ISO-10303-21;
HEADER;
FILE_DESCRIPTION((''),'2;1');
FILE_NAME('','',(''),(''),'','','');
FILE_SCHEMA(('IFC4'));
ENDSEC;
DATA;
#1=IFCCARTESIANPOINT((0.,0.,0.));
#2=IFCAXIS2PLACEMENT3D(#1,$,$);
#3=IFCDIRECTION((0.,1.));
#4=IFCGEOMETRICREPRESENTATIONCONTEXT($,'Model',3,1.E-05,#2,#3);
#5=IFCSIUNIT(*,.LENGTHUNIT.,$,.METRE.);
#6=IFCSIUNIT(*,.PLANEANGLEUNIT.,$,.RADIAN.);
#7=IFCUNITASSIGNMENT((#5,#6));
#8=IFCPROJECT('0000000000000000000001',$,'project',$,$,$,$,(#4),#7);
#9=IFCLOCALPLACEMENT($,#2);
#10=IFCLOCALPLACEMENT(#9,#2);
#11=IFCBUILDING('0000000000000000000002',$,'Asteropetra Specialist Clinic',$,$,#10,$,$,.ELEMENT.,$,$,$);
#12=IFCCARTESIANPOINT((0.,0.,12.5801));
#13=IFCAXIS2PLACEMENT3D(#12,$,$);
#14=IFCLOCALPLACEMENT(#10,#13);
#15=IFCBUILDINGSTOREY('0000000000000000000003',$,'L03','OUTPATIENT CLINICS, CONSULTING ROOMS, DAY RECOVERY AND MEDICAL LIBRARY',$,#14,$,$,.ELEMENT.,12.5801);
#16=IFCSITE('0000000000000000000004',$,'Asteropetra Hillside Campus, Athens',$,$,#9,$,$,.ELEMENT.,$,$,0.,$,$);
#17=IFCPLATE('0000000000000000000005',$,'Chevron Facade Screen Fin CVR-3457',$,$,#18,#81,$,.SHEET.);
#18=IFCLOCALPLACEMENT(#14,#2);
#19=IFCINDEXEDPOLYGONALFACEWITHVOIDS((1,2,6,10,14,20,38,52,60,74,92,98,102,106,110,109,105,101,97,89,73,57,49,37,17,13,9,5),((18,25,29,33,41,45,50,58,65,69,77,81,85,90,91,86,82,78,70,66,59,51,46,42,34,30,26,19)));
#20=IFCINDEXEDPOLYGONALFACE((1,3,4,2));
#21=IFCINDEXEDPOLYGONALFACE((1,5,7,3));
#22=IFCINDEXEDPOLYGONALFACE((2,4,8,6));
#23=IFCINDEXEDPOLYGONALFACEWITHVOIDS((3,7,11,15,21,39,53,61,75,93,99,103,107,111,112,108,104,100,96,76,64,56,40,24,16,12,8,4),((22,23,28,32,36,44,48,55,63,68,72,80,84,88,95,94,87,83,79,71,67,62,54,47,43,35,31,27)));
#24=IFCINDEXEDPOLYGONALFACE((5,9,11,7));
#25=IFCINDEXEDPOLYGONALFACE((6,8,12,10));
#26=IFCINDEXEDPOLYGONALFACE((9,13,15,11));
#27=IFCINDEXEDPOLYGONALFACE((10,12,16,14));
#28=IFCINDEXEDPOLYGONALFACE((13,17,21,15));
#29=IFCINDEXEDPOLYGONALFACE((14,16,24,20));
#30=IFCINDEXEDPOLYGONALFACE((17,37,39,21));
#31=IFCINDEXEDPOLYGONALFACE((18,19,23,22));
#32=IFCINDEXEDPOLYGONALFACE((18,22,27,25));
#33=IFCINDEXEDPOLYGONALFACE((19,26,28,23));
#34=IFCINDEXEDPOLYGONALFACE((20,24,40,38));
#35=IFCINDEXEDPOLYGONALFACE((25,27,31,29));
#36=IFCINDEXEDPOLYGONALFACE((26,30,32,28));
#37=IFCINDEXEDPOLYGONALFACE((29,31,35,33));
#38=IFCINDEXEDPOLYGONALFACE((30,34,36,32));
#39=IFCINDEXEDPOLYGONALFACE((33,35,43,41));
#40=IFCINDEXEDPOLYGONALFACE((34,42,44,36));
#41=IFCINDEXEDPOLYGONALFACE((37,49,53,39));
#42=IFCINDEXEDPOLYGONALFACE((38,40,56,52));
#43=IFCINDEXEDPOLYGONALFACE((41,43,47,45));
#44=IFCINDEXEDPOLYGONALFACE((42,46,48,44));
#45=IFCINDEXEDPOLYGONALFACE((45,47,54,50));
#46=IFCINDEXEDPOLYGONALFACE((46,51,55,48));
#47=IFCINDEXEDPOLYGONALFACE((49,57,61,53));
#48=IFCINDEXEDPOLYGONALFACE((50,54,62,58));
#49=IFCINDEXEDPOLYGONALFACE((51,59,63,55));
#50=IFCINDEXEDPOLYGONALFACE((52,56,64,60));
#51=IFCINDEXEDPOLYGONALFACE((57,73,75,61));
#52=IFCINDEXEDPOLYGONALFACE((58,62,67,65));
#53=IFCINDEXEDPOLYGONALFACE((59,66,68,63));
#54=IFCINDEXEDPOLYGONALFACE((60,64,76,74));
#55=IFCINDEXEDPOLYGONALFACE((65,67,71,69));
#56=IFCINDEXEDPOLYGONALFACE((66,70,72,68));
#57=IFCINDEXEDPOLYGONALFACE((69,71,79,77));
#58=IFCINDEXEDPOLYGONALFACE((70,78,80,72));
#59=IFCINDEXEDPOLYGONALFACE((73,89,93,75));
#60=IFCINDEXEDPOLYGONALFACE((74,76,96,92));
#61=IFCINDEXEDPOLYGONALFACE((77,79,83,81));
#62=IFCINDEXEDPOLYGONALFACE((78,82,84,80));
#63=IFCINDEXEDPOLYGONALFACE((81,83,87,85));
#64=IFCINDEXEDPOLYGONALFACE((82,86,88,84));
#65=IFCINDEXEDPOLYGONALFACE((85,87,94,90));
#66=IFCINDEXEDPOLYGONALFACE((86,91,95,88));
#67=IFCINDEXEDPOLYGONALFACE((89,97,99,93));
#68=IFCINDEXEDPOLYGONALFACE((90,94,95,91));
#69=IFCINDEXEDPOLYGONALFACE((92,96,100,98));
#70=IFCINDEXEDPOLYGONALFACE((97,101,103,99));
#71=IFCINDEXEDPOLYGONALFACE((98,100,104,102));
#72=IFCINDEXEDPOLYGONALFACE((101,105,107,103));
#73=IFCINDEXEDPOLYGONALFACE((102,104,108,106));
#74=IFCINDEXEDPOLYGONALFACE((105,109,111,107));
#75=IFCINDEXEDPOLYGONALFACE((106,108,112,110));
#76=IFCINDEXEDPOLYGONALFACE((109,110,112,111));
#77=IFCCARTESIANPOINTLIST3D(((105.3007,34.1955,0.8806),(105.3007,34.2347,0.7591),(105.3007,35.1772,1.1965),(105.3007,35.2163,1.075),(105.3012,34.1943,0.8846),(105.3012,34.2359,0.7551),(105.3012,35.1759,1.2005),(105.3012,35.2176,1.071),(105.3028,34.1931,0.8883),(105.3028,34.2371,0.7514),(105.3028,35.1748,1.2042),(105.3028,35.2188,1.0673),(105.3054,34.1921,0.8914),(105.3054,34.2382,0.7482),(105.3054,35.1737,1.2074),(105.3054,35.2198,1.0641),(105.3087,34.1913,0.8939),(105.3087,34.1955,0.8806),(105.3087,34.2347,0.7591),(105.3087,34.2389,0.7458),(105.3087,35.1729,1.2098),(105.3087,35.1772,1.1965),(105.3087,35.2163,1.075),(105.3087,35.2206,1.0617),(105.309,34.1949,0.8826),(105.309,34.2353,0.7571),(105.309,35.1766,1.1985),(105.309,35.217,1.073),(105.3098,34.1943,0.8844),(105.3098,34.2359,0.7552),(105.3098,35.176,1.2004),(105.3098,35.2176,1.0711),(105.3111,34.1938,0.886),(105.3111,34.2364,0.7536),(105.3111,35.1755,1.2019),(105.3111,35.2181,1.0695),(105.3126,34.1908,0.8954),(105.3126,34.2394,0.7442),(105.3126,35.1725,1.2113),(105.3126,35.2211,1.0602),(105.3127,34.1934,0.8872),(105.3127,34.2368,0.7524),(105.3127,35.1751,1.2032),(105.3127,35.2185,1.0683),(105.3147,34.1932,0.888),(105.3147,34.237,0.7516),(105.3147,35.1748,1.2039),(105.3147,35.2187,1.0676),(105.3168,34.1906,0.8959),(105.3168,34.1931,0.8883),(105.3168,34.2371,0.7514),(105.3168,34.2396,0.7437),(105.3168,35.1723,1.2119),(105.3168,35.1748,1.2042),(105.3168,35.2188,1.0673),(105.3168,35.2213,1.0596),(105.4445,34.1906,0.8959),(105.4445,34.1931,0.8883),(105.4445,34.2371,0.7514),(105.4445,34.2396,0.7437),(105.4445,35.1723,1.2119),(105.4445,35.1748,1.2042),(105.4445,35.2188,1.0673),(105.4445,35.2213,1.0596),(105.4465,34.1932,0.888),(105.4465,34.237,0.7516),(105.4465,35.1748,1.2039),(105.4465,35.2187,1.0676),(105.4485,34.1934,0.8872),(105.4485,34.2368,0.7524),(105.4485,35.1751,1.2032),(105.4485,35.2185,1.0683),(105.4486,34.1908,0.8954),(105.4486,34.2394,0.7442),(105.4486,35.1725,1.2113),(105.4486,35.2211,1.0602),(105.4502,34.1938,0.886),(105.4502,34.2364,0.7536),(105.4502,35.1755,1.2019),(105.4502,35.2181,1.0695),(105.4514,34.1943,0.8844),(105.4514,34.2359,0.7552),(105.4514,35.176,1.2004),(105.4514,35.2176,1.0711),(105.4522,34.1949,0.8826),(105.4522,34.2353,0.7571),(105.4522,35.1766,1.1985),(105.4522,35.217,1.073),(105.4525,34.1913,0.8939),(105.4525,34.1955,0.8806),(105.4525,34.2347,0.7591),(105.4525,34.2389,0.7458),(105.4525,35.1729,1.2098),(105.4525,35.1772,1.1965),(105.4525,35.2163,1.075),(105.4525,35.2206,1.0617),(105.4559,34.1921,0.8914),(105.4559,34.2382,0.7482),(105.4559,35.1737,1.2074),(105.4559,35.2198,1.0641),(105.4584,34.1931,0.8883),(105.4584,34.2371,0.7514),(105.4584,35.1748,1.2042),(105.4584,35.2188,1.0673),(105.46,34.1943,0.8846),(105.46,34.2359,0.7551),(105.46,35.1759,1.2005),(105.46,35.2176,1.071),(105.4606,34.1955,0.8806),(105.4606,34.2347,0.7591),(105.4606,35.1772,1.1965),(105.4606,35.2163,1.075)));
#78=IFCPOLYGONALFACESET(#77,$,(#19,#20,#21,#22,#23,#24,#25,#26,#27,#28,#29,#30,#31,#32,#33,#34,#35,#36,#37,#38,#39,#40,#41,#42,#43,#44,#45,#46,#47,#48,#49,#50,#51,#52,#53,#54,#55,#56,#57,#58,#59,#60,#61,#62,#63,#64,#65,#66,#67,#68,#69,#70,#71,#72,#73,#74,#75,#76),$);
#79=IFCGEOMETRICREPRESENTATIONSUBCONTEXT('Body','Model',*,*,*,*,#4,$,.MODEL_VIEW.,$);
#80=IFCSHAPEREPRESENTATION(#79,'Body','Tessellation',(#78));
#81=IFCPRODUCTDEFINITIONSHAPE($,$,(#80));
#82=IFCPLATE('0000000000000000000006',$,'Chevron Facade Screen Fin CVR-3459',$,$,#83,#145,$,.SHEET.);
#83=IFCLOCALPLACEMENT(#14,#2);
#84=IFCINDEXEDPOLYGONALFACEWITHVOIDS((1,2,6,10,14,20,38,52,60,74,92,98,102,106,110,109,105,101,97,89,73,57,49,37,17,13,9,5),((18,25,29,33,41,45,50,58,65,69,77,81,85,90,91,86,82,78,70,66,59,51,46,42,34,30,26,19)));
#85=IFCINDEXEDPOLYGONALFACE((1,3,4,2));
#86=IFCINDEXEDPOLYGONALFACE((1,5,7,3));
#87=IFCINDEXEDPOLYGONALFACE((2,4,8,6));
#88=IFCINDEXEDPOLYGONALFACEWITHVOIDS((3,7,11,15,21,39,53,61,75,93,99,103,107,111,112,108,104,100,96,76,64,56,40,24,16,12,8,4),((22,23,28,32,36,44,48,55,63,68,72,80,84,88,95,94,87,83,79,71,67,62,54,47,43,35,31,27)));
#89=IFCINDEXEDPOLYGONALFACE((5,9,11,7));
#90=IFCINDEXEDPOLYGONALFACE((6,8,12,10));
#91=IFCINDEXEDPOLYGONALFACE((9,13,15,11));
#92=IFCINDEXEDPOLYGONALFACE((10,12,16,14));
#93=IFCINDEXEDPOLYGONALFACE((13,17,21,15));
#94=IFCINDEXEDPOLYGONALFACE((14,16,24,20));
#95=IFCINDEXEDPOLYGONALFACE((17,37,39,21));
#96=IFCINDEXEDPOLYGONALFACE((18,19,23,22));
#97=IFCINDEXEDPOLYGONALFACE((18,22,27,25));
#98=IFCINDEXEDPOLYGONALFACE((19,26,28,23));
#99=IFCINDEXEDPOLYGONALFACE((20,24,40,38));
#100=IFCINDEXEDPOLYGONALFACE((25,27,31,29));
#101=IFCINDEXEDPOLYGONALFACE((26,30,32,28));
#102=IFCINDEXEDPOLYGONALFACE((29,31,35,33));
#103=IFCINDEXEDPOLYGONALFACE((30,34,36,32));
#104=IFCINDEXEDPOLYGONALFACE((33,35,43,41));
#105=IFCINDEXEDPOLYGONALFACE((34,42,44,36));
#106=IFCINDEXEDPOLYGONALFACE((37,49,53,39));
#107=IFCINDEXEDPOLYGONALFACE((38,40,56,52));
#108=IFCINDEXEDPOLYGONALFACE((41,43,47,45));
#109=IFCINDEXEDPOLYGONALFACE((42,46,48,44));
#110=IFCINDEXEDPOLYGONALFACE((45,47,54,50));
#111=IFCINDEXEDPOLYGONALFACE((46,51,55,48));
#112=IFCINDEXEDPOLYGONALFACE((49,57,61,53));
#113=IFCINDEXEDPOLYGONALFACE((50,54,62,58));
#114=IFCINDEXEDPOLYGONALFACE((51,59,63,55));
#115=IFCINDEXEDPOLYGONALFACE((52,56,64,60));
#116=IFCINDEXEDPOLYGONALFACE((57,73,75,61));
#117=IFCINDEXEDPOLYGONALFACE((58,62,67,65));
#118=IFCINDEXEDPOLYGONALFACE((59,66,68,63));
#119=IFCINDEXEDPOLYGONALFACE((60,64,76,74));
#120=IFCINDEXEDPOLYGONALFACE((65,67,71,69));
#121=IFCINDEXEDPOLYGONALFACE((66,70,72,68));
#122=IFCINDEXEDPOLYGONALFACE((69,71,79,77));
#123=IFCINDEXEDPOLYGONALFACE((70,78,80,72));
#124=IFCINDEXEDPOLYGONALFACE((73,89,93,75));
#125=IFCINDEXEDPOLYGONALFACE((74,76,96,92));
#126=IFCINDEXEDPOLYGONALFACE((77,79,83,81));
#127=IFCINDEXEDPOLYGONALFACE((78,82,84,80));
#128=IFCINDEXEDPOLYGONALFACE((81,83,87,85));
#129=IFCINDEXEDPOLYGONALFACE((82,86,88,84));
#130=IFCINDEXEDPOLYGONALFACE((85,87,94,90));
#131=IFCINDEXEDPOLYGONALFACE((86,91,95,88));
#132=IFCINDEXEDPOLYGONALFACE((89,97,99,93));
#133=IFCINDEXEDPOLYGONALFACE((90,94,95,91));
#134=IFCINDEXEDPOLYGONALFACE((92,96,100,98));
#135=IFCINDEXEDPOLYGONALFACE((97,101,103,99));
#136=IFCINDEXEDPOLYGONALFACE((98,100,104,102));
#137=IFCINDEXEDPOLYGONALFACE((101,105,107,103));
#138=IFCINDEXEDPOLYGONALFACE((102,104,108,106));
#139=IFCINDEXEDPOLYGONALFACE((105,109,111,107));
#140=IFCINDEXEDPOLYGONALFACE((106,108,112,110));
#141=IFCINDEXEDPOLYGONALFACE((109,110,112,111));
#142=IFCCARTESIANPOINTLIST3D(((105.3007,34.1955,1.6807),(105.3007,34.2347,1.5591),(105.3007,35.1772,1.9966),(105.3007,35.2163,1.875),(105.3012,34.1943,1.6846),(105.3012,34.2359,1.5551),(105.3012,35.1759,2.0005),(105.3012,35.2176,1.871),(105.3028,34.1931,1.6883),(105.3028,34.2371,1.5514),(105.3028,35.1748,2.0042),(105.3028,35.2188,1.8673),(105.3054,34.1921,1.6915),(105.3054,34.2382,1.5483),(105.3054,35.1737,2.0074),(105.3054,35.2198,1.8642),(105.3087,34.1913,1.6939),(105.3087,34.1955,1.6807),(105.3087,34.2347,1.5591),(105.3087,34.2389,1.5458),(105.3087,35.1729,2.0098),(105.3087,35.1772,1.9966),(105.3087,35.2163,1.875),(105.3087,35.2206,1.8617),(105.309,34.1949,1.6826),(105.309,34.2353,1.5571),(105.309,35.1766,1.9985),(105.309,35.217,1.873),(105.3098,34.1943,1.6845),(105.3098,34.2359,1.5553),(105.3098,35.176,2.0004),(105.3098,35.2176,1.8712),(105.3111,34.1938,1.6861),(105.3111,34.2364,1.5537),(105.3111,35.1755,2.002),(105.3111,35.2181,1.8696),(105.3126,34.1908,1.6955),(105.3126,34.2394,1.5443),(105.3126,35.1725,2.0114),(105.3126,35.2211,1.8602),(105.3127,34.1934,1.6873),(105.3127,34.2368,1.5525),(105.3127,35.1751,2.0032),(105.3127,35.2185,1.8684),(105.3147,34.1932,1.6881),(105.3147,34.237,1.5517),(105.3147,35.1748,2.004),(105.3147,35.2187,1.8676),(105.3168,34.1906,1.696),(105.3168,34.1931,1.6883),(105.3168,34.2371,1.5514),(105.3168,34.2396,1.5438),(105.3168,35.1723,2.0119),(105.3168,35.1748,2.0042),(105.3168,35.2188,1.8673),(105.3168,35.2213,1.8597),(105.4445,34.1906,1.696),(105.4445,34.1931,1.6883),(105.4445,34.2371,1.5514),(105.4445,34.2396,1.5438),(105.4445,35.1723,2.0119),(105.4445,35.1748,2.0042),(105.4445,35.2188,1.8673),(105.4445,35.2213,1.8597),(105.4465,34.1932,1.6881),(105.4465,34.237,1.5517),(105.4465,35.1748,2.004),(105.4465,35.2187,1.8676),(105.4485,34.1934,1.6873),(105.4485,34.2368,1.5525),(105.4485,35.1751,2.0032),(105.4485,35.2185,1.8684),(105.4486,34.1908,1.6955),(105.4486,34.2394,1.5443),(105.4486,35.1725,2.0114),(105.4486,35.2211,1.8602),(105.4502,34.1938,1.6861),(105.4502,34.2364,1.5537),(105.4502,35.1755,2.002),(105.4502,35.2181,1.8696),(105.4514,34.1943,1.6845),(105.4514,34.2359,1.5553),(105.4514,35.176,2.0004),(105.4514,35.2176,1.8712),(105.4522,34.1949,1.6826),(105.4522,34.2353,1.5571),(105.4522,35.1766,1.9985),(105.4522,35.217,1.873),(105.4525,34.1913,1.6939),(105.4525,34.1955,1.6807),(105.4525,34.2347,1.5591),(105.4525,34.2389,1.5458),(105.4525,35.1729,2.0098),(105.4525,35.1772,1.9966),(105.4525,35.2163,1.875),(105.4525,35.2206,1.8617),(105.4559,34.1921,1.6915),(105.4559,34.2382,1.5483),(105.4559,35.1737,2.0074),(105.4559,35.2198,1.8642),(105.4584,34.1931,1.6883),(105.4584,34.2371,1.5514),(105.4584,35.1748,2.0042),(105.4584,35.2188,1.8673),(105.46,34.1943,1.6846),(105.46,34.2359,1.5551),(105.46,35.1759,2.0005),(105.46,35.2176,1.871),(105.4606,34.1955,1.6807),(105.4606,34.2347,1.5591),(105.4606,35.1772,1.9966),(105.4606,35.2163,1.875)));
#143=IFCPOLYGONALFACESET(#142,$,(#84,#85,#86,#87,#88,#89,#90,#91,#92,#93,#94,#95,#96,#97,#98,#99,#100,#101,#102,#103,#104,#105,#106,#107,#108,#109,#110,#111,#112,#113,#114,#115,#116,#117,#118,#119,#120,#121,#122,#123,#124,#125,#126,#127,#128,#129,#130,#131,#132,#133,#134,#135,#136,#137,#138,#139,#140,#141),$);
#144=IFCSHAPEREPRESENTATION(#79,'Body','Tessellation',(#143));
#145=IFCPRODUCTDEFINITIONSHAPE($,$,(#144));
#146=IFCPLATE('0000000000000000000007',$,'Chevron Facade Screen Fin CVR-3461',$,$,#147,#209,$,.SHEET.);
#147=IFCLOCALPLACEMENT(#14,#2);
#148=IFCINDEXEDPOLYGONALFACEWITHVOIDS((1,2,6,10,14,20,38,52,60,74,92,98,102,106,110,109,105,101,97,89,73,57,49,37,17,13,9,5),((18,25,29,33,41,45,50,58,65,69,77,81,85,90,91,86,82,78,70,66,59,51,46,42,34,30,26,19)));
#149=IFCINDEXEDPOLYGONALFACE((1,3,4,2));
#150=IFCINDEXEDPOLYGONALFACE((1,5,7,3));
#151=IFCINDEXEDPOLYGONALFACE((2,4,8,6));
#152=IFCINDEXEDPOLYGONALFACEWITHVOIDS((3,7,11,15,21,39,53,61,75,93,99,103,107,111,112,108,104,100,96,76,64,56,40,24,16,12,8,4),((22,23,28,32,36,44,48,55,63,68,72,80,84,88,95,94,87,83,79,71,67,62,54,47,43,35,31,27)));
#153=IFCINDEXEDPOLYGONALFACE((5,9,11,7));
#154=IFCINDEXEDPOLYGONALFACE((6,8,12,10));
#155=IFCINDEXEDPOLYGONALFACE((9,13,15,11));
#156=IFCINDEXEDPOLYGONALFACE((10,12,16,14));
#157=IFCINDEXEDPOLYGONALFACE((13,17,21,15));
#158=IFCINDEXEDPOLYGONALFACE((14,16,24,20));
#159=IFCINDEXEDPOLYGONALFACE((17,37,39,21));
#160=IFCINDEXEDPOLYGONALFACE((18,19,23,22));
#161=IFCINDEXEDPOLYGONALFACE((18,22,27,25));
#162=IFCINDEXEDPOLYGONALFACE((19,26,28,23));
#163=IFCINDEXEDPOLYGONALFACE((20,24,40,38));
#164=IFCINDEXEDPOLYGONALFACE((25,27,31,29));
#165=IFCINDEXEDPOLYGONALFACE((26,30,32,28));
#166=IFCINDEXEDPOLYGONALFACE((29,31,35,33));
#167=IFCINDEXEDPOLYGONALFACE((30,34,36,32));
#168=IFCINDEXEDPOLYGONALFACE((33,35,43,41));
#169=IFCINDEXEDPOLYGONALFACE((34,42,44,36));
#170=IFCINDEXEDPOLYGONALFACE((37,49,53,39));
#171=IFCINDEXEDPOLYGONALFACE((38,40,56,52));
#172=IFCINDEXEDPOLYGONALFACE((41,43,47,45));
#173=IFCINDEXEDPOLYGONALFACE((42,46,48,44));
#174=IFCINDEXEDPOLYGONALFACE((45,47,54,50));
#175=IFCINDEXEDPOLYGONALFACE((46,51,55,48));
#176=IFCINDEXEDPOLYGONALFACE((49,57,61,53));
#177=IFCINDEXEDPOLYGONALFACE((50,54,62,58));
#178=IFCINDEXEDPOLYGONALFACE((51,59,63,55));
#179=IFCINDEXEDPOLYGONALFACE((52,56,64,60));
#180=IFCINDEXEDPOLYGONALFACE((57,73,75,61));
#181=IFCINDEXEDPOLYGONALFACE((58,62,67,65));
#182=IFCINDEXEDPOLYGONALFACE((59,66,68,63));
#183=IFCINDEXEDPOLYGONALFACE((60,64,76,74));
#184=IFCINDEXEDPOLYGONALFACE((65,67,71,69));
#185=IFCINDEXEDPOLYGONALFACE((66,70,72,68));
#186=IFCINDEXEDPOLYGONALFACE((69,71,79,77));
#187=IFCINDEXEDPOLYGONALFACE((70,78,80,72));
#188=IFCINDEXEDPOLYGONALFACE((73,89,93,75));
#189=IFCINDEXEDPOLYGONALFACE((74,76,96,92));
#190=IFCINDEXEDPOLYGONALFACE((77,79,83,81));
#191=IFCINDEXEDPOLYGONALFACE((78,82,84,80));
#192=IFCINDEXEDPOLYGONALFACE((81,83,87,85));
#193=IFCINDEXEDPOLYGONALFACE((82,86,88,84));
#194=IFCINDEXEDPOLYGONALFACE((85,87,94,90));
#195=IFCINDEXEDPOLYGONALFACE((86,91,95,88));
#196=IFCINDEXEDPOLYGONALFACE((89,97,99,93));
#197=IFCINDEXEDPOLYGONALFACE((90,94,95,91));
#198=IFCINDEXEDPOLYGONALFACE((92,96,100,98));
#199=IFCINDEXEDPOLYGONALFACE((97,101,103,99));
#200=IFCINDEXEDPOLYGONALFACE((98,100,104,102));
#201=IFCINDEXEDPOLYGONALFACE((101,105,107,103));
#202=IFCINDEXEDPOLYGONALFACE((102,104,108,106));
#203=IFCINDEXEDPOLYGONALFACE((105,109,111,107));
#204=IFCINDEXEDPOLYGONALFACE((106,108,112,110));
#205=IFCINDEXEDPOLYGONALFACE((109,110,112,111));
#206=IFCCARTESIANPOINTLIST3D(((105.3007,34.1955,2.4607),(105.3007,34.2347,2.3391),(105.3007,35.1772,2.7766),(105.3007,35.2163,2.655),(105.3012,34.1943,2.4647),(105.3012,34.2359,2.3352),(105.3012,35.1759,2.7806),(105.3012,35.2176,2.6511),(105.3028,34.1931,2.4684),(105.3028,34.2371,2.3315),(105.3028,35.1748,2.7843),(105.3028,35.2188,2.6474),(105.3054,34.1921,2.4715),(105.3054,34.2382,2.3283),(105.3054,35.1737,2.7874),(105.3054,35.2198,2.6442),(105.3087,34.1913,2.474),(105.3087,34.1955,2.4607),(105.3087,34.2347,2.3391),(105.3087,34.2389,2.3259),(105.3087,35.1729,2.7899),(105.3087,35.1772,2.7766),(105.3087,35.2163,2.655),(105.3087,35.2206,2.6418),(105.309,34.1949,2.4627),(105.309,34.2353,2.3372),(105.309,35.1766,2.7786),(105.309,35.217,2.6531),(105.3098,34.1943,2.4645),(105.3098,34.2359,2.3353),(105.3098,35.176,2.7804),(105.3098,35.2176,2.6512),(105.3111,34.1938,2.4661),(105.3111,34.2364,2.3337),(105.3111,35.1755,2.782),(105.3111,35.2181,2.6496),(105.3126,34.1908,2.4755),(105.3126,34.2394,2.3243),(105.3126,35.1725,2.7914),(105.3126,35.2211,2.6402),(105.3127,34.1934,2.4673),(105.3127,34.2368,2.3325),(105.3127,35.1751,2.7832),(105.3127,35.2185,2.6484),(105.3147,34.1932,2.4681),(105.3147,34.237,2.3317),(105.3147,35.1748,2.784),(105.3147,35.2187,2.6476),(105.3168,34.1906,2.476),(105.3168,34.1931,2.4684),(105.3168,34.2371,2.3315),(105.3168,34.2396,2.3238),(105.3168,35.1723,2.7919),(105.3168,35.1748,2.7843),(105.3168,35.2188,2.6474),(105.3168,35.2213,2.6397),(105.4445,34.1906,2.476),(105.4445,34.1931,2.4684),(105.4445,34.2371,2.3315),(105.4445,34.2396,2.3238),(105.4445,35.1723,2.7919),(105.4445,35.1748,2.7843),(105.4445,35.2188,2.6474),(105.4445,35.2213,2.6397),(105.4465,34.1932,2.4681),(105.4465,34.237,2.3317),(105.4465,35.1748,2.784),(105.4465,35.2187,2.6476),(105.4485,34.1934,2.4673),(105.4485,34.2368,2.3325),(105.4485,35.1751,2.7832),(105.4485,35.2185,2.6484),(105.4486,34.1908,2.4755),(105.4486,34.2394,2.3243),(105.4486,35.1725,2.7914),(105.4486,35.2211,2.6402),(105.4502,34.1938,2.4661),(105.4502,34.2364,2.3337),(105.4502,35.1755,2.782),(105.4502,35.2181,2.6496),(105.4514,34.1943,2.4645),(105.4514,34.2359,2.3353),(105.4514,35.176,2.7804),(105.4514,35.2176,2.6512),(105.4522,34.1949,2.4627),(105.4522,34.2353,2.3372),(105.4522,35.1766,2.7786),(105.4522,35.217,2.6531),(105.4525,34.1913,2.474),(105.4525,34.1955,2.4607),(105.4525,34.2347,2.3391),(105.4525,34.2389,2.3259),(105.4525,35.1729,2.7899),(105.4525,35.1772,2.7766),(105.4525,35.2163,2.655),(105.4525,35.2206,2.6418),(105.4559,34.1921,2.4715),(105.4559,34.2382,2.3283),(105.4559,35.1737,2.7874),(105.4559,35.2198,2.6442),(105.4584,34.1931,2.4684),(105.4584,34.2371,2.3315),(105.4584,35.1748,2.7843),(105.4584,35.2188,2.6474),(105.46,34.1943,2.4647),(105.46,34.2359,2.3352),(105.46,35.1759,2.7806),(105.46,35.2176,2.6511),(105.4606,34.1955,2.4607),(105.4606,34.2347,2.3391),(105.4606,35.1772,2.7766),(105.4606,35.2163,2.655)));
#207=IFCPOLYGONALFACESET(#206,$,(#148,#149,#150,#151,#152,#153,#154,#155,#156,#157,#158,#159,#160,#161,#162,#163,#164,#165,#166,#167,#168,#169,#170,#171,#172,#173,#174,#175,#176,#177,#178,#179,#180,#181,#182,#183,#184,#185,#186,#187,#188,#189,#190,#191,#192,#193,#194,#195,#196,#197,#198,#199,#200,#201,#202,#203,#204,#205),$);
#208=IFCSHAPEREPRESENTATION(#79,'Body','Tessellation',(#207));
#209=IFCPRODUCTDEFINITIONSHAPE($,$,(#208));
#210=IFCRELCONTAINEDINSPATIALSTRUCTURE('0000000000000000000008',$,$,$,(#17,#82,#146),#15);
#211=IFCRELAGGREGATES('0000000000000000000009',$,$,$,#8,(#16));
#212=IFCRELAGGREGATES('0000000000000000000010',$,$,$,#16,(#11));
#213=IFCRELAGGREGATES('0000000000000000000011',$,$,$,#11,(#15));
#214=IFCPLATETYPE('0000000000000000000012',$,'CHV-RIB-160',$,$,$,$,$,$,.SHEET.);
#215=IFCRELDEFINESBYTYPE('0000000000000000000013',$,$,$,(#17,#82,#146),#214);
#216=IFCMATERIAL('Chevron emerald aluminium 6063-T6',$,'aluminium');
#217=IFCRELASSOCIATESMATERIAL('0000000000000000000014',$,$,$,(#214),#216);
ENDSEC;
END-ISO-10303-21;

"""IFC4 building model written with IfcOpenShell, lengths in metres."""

from ifc_helpers import new_model, si_unit, direction, frame, origin, origin_2d, place, context, subcontext, project, spatial, hollow_rectangle, extrude, material, material_profile, profile_set, type_object, element, save


model = new_model("IFC4")

# Units and contexts
model_context = context("Model", 3, precision=1e-05, world=origin(), true_north=direction((0.0, 1.0)))
body_context = subcontext(model_context, "Body", "Model", "MODEL_VIEW")
ifc_project = project(units=[si_unit("LENGTHUNIT", "METRE"), si_unit("PLANEANGLEUNIT", "RADIAN")], contexts=[model_context])

# Site, building, storey
site_placement = place(None, origin())
site = spatial("IfcSite", under=ifc_project, at=site_placement, Name="Asteropetra Hillside Campus, Athens", CompositionType="ELEMENT", RefElevation=0.0)
building_placement = place(site_placement, origin())
building = spatial("IfcBuilding", under=site, at=building_placement, Name="Asteropetra Specialist Clinic", CompositionType="ELEMENT")
storey_placement = place(building_placement, frame((0.0, 0.0, 12.5801)))
storey = spatial("IfcBuildingStorey", under=building, at=storey_placement, Name="L03", Description="OUTPATIENT CLINICS, CONSULTING ROOMS, DAY RECOVERY AND MEDICAL LIBRARY", CompositionType="ELEMENT", Elevation=12.5801)

# Plates
ifc_material_1 = material(Name="Chevron emerald aluminium 6063-T6", Category="aluminium")
ifc_material_profile_1 = material_profile(ifc_material_1, hollow_rectangle(XDim=0.1599, YDim=0.1599, WallThickness=0.0081, InnerFilletRadius=0.0081, OuterFilletRadius=0.0161, at=origin_2d()), Name="SHS 160x160x8.0")
ifc_profile_set_1 = profile_set([ifc_material_profile_1], Name="Chevron emerald aluminium 6063-T6")
plate_type_1 = type_object("IfcPlateType", Name="CHV-RIB-160", PredefinedType="SHEET", material=ifc_profile_set_1)
for number, where, z_axis, x_axis, name in (
    (1, (105.3806, 35.1968, 1.1357), (0.0, -0.951923, -0.306339), (1.0, 0.0, 0.0), "Chevron Facade Screen Fin CVR-3457"),
    (2, (105.3806, 35.1968, 1.9358), (0.0, -0.951923, -0.306339), (1.0, 0.0, 0.0), "Chevron Facade Screen Fin CVR-3459"),
    (3, (105.3806, 35.1968, 2.7158), (0.0, -0.951923, -0.306339), (1.0, 0.0, 0.0), "Chevron Facade Screen Fin CVR-3461"),
):
    element("IfcPlate", number, at=place(storey_placement, frame(where, z_axis=z_axis, x_axis=x_axis)), inside=storey, type_object=plate_type_1, Name=name, PredefinedType="SHEET", context=body_context, shape_type="SweptSolid", body=[
        extrude(hollow_rectangle(XDim=0.1599, YDim=0.1599, WallThickness=0.0081, InnerFilletRadius=0.0081, OuterFilletRadius=0.0161, at=origin_2d()), origin(), (0.0, 0.0, 1.0), 1.0312),
    ])

save(model, "model.ifc")
